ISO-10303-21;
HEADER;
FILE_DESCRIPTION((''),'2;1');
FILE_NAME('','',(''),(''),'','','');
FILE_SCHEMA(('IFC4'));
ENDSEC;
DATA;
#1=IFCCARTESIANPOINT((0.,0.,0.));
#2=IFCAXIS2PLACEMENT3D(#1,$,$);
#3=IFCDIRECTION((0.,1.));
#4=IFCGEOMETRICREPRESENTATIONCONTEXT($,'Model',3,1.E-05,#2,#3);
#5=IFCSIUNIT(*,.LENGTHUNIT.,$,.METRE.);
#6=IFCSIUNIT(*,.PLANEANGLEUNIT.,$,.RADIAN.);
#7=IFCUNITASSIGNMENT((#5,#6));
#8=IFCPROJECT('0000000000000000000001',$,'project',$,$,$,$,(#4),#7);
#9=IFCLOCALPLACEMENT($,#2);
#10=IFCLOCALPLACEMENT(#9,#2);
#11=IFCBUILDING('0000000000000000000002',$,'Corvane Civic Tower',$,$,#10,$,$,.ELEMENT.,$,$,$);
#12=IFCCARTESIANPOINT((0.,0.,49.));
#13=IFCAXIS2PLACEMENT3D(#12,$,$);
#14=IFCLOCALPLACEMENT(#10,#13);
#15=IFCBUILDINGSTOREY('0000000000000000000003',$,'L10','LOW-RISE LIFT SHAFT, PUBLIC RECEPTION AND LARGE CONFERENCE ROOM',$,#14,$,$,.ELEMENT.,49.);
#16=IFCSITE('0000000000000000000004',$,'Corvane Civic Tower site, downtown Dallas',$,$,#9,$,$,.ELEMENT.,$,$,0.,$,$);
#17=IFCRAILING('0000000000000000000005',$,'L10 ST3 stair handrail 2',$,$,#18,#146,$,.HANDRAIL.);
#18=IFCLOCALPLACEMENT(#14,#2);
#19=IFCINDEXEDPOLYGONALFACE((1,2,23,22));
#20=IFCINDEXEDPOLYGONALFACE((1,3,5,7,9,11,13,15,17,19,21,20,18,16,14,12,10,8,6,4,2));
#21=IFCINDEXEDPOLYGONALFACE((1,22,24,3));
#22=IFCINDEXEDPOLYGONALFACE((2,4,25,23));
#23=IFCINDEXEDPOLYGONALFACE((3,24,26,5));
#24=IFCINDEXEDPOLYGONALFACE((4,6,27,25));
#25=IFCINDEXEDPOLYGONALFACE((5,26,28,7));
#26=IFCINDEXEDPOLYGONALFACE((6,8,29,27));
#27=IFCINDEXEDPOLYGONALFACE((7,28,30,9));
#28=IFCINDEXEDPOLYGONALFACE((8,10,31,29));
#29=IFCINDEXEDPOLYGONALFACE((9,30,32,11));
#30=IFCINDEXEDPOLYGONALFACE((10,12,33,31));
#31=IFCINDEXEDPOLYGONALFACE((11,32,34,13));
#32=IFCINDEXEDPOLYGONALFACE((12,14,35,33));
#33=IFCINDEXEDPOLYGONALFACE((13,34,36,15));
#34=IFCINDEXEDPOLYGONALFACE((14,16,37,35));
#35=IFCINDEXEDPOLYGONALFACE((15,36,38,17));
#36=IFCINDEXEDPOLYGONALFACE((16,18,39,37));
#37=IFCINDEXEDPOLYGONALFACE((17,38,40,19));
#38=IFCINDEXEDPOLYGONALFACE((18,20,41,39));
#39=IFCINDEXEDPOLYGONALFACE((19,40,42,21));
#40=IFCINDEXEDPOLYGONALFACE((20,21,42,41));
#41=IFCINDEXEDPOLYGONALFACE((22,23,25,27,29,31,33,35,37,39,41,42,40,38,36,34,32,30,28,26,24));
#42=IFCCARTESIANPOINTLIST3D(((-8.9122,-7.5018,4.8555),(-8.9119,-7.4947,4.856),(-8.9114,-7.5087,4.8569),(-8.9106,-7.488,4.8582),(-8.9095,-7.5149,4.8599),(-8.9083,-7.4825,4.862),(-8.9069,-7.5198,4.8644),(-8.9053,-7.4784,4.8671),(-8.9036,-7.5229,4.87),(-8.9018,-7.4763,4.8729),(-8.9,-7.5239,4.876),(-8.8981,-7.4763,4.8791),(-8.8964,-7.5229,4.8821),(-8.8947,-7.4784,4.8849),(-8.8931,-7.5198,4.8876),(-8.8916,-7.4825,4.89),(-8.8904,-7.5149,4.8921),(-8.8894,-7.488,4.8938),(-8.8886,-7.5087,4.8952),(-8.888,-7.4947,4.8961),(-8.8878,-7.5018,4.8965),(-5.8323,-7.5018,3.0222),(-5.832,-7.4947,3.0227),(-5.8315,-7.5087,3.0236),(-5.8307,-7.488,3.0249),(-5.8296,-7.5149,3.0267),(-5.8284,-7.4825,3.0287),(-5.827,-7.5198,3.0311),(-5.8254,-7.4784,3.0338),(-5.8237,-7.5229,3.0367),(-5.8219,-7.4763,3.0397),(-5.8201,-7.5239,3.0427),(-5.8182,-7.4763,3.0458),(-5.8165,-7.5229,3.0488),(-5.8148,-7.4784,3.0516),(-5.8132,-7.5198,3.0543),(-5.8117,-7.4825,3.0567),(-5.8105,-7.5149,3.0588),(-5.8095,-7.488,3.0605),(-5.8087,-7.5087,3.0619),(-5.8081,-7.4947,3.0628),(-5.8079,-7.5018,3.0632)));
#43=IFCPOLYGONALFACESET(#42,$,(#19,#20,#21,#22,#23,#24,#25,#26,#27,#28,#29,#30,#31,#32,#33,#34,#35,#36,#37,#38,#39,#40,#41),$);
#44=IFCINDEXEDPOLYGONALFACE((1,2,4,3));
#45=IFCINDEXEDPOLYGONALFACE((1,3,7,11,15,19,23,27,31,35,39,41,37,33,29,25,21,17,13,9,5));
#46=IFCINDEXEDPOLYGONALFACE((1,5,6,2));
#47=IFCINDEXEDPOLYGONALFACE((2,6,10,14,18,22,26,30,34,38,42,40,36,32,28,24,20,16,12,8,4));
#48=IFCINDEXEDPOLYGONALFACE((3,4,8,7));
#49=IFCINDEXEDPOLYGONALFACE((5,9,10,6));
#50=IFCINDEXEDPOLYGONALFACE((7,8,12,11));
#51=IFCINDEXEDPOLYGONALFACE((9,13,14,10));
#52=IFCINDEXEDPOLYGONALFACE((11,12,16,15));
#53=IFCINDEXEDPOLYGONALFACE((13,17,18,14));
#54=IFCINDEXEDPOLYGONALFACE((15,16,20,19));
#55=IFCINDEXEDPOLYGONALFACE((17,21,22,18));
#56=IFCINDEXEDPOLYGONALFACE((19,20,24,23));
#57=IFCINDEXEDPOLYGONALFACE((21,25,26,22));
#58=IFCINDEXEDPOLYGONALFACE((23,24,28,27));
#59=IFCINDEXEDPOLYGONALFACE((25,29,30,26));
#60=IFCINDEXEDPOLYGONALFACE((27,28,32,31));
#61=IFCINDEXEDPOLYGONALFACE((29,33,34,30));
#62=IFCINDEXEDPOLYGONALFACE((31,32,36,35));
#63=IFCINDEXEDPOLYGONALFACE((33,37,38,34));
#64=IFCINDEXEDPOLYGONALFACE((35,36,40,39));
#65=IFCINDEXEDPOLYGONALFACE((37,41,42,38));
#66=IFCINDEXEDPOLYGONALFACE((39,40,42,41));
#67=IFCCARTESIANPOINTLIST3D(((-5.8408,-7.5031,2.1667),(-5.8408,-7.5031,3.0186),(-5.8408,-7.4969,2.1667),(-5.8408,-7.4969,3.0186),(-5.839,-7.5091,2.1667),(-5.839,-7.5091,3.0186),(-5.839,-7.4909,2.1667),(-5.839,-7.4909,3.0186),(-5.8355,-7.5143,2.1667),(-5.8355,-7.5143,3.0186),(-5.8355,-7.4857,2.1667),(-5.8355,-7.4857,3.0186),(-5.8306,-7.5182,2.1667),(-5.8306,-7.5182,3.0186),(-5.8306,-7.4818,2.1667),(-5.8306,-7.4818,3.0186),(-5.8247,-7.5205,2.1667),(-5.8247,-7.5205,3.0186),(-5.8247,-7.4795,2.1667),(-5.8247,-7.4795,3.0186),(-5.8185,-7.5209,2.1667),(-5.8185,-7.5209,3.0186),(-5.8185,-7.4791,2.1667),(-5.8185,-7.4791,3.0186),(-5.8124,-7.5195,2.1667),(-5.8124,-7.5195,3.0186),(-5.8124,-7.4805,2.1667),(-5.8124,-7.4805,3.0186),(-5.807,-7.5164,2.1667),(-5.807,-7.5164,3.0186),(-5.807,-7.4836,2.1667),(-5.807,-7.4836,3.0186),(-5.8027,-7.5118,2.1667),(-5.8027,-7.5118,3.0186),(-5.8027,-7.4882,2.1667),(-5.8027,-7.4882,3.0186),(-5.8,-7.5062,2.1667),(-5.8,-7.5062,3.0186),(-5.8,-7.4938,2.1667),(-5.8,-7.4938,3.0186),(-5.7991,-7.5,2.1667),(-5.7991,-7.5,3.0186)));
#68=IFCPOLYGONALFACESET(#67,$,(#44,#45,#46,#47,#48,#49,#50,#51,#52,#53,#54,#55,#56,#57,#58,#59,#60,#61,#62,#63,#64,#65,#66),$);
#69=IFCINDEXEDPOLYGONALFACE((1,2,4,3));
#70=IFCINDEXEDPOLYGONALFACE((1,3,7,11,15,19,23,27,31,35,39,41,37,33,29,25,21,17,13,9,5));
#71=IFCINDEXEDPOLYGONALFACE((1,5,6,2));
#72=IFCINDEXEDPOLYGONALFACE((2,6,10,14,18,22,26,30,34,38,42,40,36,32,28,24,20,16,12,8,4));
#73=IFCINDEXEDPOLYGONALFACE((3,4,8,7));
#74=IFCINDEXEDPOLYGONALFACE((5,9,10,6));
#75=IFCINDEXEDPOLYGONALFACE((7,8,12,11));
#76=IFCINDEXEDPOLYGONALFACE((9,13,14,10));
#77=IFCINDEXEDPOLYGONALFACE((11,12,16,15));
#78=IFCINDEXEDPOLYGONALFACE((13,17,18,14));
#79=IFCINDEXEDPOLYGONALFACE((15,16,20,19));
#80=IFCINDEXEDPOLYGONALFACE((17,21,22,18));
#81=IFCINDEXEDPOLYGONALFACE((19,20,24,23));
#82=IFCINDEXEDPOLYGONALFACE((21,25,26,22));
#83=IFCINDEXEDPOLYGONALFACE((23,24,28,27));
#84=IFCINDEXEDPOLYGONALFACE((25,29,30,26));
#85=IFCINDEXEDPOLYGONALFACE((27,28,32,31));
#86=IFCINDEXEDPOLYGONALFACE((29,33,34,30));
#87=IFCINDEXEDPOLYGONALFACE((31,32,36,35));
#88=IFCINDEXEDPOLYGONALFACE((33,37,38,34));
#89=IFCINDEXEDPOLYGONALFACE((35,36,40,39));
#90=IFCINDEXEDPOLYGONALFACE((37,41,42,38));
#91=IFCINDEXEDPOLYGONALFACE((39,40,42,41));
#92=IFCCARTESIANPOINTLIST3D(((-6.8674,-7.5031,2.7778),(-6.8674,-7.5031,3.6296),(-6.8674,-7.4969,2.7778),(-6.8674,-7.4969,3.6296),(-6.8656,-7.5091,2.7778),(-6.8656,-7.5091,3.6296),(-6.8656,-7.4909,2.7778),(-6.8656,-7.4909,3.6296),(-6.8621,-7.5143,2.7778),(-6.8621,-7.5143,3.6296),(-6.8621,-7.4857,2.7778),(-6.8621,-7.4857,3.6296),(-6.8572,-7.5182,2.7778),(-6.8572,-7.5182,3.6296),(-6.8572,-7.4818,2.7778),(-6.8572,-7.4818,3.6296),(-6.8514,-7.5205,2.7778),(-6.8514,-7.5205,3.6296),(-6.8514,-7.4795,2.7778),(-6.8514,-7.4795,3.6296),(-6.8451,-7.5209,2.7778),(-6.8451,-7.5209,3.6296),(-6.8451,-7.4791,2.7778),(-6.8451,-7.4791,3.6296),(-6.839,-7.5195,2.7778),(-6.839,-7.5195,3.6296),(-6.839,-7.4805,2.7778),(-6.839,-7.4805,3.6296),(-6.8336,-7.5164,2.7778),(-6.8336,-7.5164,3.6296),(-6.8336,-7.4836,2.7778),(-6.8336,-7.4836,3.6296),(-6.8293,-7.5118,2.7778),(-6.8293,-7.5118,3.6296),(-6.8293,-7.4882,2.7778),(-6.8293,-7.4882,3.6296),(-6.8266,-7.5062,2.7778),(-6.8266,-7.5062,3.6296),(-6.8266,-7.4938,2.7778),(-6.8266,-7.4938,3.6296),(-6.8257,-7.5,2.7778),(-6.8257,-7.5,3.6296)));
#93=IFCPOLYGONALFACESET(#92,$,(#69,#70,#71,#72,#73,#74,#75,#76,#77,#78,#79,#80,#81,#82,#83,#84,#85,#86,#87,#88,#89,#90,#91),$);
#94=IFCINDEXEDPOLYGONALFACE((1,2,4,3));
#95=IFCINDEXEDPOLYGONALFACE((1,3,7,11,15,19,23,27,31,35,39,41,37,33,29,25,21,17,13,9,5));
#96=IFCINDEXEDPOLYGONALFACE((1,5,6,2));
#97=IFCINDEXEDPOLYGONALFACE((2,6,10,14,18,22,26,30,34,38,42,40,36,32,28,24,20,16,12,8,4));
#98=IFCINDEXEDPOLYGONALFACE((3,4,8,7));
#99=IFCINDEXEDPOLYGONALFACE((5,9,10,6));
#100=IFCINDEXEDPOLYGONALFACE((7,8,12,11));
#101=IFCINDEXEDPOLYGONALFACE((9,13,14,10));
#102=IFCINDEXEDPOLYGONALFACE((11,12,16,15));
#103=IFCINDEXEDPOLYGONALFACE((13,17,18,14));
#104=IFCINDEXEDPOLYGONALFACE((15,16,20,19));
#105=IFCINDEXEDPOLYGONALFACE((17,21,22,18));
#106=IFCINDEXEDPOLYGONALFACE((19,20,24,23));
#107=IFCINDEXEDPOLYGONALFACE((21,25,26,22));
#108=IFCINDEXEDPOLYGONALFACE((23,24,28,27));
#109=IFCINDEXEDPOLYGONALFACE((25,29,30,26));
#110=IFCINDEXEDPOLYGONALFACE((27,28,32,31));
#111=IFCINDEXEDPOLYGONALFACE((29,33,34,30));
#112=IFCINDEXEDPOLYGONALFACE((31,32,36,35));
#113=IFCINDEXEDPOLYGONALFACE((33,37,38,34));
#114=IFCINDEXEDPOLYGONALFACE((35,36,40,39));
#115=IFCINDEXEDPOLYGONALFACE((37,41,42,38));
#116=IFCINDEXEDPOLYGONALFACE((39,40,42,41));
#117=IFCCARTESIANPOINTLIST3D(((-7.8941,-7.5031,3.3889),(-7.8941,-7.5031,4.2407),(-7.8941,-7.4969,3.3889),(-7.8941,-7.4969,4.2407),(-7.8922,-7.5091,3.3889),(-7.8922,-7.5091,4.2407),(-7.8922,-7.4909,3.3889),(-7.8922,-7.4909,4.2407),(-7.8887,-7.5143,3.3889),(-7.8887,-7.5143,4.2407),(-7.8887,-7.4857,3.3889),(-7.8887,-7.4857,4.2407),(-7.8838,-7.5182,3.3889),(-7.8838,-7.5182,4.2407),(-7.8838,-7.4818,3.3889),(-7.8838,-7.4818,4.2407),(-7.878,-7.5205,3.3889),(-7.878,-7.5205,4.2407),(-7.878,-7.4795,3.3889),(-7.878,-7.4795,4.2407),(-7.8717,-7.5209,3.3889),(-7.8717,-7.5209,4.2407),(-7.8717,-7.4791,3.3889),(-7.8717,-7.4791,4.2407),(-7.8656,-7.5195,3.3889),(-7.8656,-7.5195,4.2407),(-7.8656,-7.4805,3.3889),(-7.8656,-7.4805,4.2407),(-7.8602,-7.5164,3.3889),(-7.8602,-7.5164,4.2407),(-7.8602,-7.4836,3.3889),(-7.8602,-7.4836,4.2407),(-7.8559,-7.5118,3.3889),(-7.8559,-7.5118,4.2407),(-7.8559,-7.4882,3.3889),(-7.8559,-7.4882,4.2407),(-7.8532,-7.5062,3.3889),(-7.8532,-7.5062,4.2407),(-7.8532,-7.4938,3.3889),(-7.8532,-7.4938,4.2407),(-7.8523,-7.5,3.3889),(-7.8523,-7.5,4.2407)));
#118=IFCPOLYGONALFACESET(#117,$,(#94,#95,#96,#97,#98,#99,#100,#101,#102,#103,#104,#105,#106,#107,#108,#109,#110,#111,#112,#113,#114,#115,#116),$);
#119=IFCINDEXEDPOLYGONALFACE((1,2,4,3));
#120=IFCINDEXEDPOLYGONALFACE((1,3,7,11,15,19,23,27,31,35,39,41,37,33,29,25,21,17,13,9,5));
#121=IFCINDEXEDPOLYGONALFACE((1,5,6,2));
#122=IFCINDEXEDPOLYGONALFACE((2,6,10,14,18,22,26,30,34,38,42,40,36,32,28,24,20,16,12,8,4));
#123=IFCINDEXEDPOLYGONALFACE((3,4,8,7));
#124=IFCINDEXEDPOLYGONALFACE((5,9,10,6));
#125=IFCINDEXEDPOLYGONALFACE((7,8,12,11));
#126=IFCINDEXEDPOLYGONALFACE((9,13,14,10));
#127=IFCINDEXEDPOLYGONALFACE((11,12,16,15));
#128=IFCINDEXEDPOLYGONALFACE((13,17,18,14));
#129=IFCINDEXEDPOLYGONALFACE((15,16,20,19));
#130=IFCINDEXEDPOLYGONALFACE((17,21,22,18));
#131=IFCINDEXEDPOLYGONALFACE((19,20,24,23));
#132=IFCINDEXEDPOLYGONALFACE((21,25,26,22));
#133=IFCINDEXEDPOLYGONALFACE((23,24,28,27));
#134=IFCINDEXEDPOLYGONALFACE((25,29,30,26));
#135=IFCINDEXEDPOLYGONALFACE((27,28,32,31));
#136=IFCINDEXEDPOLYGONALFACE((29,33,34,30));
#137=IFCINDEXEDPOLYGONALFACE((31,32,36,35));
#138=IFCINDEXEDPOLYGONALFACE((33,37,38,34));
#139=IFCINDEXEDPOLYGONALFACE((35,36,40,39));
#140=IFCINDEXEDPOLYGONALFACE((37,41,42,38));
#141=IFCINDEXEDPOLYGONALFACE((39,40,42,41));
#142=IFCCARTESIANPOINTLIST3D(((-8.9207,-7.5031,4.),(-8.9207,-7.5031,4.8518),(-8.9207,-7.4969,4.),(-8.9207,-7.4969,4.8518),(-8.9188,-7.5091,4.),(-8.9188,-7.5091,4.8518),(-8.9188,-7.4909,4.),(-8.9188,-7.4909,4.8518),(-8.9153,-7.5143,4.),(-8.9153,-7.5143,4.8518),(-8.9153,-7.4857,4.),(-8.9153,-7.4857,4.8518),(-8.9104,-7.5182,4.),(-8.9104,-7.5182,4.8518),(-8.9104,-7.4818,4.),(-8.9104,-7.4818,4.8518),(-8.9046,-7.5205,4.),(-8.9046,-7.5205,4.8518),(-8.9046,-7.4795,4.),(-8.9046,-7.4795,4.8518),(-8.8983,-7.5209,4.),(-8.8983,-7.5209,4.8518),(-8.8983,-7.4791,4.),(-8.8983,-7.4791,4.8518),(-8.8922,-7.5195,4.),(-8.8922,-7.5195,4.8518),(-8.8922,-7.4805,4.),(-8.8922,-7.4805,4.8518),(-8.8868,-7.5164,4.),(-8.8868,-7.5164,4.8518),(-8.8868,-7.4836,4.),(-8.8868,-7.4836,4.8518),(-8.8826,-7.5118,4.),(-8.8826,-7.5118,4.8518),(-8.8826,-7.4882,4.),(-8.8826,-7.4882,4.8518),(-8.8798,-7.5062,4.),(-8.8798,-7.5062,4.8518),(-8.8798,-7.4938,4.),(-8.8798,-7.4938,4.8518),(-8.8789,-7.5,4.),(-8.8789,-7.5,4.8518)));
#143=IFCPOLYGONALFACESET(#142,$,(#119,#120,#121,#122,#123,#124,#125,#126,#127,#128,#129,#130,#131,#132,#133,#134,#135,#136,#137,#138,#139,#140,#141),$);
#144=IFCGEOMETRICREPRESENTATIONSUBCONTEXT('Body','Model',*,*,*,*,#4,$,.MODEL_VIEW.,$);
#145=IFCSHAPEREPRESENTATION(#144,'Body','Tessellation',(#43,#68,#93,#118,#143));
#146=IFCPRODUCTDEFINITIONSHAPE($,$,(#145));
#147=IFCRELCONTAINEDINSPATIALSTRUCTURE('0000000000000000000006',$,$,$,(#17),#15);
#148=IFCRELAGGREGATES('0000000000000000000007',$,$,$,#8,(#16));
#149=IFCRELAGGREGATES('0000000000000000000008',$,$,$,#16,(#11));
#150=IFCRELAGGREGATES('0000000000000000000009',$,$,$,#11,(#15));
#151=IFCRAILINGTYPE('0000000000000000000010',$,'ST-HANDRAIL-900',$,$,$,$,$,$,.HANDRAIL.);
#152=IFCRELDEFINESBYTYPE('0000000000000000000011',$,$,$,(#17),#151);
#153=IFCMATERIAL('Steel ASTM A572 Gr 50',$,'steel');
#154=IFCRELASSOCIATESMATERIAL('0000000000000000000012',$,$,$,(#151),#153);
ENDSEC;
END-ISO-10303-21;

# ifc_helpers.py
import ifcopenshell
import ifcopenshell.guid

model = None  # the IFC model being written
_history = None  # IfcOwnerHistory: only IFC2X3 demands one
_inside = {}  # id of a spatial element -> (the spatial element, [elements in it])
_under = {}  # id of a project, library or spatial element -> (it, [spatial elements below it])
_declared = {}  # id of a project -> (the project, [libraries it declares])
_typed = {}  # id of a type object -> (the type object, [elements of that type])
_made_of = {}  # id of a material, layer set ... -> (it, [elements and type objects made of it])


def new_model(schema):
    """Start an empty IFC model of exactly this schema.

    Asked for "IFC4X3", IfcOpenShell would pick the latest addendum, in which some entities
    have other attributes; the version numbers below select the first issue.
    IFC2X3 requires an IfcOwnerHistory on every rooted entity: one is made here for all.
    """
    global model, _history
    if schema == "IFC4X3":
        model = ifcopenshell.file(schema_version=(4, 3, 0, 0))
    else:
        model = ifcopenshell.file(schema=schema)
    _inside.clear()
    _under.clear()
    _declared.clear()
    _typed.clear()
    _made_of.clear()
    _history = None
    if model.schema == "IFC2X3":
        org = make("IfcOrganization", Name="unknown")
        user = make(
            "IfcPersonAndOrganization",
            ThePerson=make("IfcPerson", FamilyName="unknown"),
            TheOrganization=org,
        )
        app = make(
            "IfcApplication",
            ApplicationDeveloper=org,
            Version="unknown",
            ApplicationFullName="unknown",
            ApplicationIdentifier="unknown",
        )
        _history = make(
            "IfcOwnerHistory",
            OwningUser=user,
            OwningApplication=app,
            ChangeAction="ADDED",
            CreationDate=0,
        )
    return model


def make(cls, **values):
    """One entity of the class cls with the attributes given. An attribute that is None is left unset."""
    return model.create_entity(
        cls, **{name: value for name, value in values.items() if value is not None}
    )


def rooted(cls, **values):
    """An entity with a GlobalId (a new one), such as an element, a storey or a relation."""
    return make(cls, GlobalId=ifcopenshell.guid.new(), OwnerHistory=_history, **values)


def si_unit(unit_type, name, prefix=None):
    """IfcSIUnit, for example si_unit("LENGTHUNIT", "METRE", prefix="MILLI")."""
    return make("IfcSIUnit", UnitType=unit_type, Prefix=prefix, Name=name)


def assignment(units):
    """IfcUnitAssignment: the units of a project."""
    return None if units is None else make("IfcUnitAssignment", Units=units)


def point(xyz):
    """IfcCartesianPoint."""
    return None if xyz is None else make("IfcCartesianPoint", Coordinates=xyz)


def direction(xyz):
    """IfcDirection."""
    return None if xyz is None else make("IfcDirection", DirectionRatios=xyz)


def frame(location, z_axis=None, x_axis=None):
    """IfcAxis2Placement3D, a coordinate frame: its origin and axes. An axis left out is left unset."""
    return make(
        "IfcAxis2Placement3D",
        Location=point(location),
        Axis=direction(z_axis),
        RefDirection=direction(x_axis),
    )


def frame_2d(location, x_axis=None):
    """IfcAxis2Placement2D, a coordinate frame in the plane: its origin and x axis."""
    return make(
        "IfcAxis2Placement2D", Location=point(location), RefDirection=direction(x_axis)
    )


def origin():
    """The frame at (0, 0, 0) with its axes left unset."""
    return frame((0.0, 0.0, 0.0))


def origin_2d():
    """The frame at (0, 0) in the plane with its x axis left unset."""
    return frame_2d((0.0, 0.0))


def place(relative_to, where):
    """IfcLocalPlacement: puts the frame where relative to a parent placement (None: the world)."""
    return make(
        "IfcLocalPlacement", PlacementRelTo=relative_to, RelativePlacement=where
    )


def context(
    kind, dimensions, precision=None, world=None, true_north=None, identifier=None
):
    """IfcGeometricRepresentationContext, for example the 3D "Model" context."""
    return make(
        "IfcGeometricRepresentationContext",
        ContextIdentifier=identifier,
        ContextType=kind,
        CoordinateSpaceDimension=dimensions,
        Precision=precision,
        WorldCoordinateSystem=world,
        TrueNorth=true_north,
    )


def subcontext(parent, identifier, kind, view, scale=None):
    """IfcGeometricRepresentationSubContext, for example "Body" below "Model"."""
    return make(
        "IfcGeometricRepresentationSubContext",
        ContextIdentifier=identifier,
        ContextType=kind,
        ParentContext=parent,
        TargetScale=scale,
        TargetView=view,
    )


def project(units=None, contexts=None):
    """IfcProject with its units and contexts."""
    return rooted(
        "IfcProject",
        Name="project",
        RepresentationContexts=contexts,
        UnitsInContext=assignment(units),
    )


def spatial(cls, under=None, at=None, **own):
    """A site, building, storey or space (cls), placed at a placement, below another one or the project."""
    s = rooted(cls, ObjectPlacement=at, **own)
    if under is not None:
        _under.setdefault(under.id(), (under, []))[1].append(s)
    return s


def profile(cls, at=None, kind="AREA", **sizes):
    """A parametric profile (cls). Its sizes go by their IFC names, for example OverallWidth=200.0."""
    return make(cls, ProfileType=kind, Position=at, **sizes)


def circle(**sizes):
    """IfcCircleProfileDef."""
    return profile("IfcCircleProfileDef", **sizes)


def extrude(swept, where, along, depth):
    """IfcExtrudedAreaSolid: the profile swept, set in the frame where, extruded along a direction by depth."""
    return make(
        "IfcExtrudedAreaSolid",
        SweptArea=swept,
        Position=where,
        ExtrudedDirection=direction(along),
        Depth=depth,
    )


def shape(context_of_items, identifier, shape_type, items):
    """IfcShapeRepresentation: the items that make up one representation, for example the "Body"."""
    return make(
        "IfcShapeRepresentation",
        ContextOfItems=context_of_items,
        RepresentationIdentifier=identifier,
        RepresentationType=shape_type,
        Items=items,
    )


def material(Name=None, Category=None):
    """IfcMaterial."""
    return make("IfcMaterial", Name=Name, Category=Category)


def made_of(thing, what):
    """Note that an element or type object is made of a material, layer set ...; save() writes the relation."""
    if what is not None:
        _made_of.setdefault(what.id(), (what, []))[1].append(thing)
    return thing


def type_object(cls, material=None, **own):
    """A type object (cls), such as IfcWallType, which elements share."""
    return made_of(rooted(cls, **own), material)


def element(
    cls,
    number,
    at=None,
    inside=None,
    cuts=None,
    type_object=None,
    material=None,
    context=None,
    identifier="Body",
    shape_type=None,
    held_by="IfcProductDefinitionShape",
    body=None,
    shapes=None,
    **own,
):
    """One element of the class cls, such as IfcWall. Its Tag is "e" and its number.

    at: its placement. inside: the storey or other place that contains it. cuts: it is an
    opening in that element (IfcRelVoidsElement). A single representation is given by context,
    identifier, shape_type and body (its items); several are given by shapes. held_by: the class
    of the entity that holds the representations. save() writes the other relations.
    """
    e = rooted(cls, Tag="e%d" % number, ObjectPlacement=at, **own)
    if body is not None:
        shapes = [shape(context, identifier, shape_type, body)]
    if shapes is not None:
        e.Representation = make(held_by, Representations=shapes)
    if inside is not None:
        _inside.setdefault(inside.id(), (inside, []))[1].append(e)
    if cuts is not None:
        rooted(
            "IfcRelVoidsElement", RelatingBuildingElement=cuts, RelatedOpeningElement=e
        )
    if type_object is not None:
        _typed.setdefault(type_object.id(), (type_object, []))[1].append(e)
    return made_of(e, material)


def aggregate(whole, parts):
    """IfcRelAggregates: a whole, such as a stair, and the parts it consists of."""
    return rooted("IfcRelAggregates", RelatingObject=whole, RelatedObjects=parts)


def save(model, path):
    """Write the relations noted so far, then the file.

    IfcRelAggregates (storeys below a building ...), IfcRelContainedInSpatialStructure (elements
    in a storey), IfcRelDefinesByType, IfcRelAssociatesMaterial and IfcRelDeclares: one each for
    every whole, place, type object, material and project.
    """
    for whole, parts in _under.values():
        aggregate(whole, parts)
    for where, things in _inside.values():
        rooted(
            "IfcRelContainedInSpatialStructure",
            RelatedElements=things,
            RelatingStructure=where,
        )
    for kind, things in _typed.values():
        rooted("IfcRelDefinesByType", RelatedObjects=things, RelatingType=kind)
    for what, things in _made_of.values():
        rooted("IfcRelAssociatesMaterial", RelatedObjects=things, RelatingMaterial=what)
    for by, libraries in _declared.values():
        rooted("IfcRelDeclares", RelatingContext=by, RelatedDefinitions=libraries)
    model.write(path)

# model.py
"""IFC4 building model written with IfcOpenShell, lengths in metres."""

from ifc_helpers import new_model, si_unit, direction, frame, origin, origin_2d, place, context, subcontext, project, spatial, circle, extrude, material, type_object, element, save


model = new_model("IFC4")

# Units and contexts
model_context = context("Model", 3, precision=1e-05, world=origin(), true_north=direction((0.0, 1.0)))
body_context = subcontext(model_context, "Body", "Model", "MODEL_VIEW")
ifc_project = project(units=[si_unit("LENGTHUNIT", "METRE"), si_unit("PLANEANGLEUNIT", "RADIAN")], contexts=[model_context])

# Site, building, storey
site_placement = place(None, origin())
site = spatial("IfcSite", under=ifc_project, at=site_placement, Name="Corvane Civic Tower site, downtown Dallas", CompositionType="ELEMENT", RefElevation=0.0)
building_placement = place(site_placement, origin())
building = spatial("IfcBuilding", under=site, at=building_placement, Name="Corvane Civic Tower", CompositionType="ELEMENT")
storey_placement = place(building_placement, frame((0.0, 0.0, 49.0)))
storey = spatial("IfcBuildingStorey", under=building, at=storey_placement, Name="L10", Description="LOW-RISE LIFT SHAFT, PUBLIC RECEPTION AND LARGE CONFERENCE ROOM", CompositionType="ELEMENT", Elevation=49.0)

# Railing
ifc_material_1 = material(Name="Steel ASTM A572 Gr 50", Category="steel")
railing_type = type_object("IfcRailingType", Name="ST-HANDRAIL-900", PredefinedType="HANDRAIL", material=ifc_material_1)
railing_1_placement = place(storey_placement, frame((-5.8201, -7.5, 2.1667)))
element("IfcRailing", 1, at=railing_1_placement, inside=storey, type_object=railing_type, Name="L10 ST3 stair handrail 2", PredefinedType="HANDRAIL", context=body_context, shape_type="SweptSolid", body=[
    extrude(circle(Radius=0.0239, at=origin_2d()), frame((0.0, 0.0, 0.876), z_axis=(-0.859291, 0.0, 0.511487), x_axis=(0.0, -1.0, 0.0)), (0.0, 0.0, 1.0), 3.5842),
    extrude(circle(Radius=0.021, at=origin_2d()), origin(), (0.0, 0.0, 1.0), 0.8518),
    extrude(circle(Radius=0.021, at=origin_2d()), frame((-1.0266, 0.0, 0.6111)), (0.0, 0.0, 1.0), 0.8518),
    extrude(circle(Radius=0.021, at=origin_2d()), frame((-2.0532, 0.0, 1.2222)), (0.0, 0.0, 1.0), 0.8518),
    extrude(circle(Radius=0.021, at=origin_2d()), frame((-3.0798, 0.0, 1.8333)), (0.0, 0.0, 1.0), 0.8518),
])

save(model, "model.ifc")
